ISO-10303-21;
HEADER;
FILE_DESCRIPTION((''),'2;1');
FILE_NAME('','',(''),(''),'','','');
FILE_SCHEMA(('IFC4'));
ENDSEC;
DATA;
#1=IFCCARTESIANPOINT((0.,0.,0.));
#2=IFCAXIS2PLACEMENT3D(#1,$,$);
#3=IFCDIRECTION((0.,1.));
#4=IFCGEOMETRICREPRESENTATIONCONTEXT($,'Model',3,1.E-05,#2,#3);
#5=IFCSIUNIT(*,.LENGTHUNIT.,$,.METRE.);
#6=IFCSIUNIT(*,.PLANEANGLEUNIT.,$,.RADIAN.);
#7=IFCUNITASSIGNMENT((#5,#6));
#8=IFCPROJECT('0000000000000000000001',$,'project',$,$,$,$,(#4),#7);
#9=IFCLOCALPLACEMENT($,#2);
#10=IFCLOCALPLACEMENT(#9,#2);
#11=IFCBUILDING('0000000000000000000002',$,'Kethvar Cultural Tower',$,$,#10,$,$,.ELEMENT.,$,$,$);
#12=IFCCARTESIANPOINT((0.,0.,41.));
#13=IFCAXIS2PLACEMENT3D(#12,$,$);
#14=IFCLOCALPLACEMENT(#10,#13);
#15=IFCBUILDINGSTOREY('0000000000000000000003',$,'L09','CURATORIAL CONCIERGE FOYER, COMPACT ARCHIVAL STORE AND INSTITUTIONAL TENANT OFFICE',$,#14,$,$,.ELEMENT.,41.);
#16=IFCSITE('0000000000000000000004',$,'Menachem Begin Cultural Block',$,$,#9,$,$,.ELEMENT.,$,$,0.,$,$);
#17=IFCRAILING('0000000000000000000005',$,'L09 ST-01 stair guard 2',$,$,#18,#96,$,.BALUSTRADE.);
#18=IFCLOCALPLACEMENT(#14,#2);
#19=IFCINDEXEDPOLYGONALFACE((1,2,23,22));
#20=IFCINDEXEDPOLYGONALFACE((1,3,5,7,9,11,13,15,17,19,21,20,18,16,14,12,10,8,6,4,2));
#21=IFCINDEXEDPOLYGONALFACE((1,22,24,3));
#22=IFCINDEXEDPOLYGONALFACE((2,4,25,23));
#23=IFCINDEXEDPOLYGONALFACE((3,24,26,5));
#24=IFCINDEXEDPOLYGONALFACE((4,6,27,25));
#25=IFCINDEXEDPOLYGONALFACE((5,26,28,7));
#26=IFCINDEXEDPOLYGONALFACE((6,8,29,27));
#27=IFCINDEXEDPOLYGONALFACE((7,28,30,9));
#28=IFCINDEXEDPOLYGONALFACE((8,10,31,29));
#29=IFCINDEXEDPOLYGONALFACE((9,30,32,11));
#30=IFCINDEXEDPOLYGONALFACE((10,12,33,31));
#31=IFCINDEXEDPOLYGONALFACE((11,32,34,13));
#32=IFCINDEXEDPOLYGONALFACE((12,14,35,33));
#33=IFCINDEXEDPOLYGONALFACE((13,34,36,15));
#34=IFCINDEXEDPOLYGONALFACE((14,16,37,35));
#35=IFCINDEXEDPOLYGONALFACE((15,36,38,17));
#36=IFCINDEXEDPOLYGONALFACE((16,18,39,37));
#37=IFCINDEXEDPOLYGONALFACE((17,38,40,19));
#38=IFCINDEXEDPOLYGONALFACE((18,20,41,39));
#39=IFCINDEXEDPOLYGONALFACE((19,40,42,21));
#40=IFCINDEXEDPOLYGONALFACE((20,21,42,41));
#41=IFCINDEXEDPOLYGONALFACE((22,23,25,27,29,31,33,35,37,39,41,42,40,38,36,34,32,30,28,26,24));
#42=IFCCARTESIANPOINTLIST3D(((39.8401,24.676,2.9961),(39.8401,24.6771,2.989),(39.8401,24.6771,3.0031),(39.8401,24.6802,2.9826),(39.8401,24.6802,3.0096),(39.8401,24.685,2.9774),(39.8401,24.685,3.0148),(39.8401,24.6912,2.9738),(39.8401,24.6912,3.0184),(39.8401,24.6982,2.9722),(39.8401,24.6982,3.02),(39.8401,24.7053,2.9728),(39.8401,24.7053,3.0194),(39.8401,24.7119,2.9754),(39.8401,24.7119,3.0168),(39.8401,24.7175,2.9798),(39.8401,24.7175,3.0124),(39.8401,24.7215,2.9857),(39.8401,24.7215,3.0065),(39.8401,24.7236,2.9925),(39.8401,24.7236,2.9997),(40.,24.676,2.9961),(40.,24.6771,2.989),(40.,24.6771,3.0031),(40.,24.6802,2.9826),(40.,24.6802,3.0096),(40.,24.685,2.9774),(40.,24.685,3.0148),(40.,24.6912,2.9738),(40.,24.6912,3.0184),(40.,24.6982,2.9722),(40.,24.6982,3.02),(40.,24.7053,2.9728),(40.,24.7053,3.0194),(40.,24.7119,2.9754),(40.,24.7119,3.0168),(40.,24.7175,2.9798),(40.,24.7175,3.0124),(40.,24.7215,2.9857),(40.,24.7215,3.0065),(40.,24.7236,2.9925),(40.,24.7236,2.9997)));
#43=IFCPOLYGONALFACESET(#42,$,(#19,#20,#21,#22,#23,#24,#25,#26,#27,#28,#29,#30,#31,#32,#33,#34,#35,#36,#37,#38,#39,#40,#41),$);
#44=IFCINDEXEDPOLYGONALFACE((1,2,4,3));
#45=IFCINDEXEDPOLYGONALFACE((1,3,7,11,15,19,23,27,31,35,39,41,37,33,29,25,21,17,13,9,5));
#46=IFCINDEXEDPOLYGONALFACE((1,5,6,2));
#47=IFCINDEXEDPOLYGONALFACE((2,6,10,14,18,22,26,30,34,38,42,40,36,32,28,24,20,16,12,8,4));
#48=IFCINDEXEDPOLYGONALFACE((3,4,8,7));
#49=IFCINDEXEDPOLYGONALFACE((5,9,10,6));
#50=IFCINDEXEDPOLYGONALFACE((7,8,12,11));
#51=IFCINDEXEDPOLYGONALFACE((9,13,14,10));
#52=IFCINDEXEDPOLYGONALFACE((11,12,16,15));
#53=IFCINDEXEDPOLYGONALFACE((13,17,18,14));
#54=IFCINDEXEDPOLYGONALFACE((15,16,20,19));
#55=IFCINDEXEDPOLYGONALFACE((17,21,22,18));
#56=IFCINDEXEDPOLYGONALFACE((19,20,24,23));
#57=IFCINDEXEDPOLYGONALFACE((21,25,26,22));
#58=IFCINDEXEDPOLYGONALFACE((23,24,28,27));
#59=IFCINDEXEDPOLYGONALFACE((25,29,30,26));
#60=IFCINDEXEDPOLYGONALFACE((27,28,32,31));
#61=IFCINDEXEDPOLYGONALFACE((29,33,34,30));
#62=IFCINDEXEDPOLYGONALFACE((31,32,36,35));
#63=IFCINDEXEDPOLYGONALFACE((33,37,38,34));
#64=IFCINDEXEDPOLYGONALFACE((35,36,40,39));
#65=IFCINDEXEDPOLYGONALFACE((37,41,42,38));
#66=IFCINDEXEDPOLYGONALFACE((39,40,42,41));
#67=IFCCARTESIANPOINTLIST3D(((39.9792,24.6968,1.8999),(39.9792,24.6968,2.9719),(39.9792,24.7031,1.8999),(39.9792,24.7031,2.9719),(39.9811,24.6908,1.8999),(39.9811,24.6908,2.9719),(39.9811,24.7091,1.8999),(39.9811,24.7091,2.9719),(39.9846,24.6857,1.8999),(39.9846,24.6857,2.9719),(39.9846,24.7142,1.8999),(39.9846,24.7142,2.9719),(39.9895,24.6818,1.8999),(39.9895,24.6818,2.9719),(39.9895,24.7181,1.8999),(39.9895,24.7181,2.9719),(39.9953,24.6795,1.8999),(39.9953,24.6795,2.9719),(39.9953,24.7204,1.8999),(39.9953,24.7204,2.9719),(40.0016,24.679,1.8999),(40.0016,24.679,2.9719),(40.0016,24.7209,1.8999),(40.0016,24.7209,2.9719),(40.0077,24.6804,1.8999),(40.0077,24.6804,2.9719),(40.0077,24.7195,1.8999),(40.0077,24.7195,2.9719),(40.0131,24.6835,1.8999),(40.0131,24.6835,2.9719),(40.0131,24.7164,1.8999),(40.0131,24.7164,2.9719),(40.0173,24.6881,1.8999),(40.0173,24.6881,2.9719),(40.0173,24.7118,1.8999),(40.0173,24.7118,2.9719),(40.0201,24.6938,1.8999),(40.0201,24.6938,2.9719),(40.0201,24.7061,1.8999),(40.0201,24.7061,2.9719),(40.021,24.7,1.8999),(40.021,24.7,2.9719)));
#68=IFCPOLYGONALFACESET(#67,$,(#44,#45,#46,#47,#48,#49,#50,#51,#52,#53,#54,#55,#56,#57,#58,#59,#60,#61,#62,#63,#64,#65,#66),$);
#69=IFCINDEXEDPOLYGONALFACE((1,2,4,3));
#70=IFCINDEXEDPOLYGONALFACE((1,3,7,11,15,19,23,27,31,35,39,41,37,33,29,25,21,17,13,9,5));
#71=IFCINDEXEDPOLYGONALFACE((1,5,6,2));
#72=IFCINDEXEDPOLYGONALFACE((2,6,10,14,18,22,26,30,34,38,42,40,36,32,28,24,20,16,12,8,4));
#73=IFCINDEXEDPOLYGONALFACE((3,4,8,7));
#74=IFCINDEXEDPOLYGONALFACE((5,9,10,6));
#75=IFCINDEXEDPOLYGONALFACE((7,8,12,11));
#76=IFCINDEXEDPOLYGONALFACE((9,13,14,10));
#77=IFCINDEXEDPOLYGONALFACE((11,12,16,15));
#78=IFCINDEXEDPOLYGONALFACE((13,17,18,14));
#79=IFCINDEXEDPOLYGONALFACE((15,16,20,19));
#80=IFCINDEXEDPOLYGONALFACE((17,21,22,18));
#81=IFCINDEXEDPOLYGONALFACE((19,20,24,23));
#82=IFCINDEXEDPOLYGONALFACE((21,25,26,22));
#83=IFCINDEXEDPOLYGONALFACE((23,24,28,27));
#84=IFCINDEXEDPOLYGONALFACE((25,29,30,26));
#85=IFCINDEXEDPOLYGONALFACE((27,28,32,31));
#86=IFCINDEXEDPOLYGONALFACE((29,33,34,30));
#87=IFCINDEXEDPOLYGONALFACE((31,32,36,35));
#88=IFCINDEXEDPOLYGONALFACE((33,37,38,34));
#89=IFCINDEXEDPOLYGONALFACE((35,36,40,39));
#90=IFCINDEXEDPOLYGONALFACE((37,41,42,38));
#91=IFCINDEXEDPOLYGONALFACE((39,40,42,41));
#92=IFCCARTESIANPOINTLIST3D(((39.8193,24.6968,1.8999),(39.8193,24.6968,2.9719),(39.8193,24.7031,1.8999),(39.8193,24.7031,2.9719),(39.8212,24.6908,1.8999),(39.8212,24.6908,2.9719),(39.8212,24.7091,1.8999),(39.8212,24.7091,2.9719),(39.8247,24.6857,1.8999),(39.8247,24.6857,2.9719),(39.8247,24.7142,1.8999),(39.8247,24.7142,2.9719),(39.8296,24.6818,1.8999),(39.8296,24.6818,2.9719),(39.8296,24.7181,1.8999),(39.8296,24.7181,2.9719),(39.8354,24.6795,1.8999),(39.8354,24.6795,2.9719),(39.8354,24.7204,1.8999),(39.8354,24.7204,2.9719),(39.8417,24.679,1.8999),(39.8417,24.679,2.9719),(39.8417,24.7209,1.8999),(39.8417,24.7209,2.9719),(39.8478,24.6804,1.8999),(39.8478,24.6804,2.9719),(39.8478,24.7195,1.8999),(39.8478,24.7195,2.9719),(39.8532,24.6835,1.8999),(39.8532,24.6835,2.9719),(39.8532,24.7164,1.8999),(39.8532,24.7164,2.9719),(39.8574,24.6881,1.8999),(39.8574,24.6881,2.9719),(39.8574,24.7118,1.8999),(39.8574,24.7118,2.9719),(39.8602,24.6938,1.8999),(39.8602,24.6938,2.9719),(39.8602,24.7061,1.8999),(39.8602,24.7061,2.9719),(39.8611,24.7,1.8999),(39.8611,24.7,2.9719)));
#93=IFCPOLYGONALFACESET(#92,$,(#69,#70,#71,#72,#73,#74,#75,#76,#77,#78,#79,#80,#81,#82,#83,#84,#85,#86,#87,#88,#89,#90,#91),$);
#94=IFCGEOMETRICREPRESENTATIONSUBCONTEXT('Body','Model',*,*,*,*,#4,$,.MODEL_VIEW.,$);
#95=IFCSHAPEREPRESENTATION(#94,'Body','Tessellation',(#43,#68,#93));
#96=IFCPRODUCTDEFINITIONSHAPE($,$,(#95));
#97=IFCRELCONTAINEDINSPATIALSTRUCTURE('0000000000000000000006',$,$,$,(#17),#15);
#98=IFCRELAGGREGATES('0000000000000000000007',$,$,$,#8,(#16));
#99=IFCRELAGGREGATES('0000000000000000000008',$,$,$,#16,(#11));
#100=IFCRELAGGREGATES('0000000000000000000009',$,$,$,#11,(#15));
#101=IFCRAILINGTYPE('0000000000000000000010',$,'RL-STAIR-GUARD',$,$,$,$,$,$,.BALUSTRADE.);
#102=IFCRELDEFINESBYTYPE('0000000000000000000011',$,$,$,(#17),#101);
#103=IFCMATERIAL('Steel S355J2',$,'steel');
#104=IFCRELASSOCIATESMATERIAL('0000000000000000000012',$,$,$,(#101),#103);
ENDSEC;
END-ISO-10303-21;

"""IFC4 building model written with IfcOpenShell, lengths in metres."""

from ifc_helpers import new_model, si_unit, direction, frame, origin, origin_2d, place, context, subcontext, project, spatial, circle, extrude, material, type_object, element, save


model = new_model("IFC4")

# Units and contexts
model_context = context("Model", 3, precision=1e-05, world=origin(), true_north=direction((0.0, 1.0)))
body_context = subcontext(model_context, "Body", "Model", "MODEL_VIEW")
ifc_project = project(units=[si_unit("LENGTHUNIT", "METRE"), si_unit("PLANEANGLEUNIT", "RADIAN")], contexts=[model_context])

# Site, building, storey
site_placement = place(None, origin())
site = spatial("IfcSite", under=ifc_project, at=site_placement, Name="Menachem Begin Cultural Block", CompositionType="ELEMENT", RefElevation=0.0)
building_placement = place(site_placement, origin())
building = spatial("IfcBuilding", under=site, at=building_placement, Name="Kethvar Cultural Tower", CompositionType="ELEMENT")
storey_placement = place(building_placement, frame((0.0, 0.0, 41.0)))
storey = spatial("IfcBuildingStorey", under=building, at=storey_placement, Name="L09", Description="CURATORIAL CONCIERGE FOYER, COMPACT ARCHIVAL STORE AND INSTITUTIONAL TENANT OFFICE", CompositionType="ELEMENT", Elevation=41.0)

# Shared definitions
ifc_material_1 = material(Name="Steel S355J2", Category="steel")

# Railing
railing_type_1 = type_object("IfcRailingType", Name="RL-STAIR-GUARD", PredefinedType="BALUSTRADE", material=ifc_material_1)
railing_1_placement = place(storey_placement, frame((40.0, 24.7, 1.8999)))
element("IfcRailing", 1, at=railing_1_placement, inside=storey, type_object=railing_type_1, Name="L09 ST-01 stair guard 2", PredefinedType="BALUSTRADE", context=body_context, shape_type="SweptSolid", body=[
    extrude(circle(Radius=0.0239, at=origin_2d()), frame((0.0, 0.0, 1.0962), z_axis=(-1.0, 0.0, 0.0), x_axis=(0.0, -1.0, 0.0)), (0.0, 0.0, 1.0), 0.1599),
    extrude(circle(Radius=0.021, at=origin_2d()), origin(), (0.0, 0.0, 1.0), 1.072),
    extrude(circle(Radius=0.021, at=origin_2d()), frame((-0.1599, 0.0, 0.0)), (0.0, 0.0, 1.0), 1.072),
])

save(model, "model.ifc")
